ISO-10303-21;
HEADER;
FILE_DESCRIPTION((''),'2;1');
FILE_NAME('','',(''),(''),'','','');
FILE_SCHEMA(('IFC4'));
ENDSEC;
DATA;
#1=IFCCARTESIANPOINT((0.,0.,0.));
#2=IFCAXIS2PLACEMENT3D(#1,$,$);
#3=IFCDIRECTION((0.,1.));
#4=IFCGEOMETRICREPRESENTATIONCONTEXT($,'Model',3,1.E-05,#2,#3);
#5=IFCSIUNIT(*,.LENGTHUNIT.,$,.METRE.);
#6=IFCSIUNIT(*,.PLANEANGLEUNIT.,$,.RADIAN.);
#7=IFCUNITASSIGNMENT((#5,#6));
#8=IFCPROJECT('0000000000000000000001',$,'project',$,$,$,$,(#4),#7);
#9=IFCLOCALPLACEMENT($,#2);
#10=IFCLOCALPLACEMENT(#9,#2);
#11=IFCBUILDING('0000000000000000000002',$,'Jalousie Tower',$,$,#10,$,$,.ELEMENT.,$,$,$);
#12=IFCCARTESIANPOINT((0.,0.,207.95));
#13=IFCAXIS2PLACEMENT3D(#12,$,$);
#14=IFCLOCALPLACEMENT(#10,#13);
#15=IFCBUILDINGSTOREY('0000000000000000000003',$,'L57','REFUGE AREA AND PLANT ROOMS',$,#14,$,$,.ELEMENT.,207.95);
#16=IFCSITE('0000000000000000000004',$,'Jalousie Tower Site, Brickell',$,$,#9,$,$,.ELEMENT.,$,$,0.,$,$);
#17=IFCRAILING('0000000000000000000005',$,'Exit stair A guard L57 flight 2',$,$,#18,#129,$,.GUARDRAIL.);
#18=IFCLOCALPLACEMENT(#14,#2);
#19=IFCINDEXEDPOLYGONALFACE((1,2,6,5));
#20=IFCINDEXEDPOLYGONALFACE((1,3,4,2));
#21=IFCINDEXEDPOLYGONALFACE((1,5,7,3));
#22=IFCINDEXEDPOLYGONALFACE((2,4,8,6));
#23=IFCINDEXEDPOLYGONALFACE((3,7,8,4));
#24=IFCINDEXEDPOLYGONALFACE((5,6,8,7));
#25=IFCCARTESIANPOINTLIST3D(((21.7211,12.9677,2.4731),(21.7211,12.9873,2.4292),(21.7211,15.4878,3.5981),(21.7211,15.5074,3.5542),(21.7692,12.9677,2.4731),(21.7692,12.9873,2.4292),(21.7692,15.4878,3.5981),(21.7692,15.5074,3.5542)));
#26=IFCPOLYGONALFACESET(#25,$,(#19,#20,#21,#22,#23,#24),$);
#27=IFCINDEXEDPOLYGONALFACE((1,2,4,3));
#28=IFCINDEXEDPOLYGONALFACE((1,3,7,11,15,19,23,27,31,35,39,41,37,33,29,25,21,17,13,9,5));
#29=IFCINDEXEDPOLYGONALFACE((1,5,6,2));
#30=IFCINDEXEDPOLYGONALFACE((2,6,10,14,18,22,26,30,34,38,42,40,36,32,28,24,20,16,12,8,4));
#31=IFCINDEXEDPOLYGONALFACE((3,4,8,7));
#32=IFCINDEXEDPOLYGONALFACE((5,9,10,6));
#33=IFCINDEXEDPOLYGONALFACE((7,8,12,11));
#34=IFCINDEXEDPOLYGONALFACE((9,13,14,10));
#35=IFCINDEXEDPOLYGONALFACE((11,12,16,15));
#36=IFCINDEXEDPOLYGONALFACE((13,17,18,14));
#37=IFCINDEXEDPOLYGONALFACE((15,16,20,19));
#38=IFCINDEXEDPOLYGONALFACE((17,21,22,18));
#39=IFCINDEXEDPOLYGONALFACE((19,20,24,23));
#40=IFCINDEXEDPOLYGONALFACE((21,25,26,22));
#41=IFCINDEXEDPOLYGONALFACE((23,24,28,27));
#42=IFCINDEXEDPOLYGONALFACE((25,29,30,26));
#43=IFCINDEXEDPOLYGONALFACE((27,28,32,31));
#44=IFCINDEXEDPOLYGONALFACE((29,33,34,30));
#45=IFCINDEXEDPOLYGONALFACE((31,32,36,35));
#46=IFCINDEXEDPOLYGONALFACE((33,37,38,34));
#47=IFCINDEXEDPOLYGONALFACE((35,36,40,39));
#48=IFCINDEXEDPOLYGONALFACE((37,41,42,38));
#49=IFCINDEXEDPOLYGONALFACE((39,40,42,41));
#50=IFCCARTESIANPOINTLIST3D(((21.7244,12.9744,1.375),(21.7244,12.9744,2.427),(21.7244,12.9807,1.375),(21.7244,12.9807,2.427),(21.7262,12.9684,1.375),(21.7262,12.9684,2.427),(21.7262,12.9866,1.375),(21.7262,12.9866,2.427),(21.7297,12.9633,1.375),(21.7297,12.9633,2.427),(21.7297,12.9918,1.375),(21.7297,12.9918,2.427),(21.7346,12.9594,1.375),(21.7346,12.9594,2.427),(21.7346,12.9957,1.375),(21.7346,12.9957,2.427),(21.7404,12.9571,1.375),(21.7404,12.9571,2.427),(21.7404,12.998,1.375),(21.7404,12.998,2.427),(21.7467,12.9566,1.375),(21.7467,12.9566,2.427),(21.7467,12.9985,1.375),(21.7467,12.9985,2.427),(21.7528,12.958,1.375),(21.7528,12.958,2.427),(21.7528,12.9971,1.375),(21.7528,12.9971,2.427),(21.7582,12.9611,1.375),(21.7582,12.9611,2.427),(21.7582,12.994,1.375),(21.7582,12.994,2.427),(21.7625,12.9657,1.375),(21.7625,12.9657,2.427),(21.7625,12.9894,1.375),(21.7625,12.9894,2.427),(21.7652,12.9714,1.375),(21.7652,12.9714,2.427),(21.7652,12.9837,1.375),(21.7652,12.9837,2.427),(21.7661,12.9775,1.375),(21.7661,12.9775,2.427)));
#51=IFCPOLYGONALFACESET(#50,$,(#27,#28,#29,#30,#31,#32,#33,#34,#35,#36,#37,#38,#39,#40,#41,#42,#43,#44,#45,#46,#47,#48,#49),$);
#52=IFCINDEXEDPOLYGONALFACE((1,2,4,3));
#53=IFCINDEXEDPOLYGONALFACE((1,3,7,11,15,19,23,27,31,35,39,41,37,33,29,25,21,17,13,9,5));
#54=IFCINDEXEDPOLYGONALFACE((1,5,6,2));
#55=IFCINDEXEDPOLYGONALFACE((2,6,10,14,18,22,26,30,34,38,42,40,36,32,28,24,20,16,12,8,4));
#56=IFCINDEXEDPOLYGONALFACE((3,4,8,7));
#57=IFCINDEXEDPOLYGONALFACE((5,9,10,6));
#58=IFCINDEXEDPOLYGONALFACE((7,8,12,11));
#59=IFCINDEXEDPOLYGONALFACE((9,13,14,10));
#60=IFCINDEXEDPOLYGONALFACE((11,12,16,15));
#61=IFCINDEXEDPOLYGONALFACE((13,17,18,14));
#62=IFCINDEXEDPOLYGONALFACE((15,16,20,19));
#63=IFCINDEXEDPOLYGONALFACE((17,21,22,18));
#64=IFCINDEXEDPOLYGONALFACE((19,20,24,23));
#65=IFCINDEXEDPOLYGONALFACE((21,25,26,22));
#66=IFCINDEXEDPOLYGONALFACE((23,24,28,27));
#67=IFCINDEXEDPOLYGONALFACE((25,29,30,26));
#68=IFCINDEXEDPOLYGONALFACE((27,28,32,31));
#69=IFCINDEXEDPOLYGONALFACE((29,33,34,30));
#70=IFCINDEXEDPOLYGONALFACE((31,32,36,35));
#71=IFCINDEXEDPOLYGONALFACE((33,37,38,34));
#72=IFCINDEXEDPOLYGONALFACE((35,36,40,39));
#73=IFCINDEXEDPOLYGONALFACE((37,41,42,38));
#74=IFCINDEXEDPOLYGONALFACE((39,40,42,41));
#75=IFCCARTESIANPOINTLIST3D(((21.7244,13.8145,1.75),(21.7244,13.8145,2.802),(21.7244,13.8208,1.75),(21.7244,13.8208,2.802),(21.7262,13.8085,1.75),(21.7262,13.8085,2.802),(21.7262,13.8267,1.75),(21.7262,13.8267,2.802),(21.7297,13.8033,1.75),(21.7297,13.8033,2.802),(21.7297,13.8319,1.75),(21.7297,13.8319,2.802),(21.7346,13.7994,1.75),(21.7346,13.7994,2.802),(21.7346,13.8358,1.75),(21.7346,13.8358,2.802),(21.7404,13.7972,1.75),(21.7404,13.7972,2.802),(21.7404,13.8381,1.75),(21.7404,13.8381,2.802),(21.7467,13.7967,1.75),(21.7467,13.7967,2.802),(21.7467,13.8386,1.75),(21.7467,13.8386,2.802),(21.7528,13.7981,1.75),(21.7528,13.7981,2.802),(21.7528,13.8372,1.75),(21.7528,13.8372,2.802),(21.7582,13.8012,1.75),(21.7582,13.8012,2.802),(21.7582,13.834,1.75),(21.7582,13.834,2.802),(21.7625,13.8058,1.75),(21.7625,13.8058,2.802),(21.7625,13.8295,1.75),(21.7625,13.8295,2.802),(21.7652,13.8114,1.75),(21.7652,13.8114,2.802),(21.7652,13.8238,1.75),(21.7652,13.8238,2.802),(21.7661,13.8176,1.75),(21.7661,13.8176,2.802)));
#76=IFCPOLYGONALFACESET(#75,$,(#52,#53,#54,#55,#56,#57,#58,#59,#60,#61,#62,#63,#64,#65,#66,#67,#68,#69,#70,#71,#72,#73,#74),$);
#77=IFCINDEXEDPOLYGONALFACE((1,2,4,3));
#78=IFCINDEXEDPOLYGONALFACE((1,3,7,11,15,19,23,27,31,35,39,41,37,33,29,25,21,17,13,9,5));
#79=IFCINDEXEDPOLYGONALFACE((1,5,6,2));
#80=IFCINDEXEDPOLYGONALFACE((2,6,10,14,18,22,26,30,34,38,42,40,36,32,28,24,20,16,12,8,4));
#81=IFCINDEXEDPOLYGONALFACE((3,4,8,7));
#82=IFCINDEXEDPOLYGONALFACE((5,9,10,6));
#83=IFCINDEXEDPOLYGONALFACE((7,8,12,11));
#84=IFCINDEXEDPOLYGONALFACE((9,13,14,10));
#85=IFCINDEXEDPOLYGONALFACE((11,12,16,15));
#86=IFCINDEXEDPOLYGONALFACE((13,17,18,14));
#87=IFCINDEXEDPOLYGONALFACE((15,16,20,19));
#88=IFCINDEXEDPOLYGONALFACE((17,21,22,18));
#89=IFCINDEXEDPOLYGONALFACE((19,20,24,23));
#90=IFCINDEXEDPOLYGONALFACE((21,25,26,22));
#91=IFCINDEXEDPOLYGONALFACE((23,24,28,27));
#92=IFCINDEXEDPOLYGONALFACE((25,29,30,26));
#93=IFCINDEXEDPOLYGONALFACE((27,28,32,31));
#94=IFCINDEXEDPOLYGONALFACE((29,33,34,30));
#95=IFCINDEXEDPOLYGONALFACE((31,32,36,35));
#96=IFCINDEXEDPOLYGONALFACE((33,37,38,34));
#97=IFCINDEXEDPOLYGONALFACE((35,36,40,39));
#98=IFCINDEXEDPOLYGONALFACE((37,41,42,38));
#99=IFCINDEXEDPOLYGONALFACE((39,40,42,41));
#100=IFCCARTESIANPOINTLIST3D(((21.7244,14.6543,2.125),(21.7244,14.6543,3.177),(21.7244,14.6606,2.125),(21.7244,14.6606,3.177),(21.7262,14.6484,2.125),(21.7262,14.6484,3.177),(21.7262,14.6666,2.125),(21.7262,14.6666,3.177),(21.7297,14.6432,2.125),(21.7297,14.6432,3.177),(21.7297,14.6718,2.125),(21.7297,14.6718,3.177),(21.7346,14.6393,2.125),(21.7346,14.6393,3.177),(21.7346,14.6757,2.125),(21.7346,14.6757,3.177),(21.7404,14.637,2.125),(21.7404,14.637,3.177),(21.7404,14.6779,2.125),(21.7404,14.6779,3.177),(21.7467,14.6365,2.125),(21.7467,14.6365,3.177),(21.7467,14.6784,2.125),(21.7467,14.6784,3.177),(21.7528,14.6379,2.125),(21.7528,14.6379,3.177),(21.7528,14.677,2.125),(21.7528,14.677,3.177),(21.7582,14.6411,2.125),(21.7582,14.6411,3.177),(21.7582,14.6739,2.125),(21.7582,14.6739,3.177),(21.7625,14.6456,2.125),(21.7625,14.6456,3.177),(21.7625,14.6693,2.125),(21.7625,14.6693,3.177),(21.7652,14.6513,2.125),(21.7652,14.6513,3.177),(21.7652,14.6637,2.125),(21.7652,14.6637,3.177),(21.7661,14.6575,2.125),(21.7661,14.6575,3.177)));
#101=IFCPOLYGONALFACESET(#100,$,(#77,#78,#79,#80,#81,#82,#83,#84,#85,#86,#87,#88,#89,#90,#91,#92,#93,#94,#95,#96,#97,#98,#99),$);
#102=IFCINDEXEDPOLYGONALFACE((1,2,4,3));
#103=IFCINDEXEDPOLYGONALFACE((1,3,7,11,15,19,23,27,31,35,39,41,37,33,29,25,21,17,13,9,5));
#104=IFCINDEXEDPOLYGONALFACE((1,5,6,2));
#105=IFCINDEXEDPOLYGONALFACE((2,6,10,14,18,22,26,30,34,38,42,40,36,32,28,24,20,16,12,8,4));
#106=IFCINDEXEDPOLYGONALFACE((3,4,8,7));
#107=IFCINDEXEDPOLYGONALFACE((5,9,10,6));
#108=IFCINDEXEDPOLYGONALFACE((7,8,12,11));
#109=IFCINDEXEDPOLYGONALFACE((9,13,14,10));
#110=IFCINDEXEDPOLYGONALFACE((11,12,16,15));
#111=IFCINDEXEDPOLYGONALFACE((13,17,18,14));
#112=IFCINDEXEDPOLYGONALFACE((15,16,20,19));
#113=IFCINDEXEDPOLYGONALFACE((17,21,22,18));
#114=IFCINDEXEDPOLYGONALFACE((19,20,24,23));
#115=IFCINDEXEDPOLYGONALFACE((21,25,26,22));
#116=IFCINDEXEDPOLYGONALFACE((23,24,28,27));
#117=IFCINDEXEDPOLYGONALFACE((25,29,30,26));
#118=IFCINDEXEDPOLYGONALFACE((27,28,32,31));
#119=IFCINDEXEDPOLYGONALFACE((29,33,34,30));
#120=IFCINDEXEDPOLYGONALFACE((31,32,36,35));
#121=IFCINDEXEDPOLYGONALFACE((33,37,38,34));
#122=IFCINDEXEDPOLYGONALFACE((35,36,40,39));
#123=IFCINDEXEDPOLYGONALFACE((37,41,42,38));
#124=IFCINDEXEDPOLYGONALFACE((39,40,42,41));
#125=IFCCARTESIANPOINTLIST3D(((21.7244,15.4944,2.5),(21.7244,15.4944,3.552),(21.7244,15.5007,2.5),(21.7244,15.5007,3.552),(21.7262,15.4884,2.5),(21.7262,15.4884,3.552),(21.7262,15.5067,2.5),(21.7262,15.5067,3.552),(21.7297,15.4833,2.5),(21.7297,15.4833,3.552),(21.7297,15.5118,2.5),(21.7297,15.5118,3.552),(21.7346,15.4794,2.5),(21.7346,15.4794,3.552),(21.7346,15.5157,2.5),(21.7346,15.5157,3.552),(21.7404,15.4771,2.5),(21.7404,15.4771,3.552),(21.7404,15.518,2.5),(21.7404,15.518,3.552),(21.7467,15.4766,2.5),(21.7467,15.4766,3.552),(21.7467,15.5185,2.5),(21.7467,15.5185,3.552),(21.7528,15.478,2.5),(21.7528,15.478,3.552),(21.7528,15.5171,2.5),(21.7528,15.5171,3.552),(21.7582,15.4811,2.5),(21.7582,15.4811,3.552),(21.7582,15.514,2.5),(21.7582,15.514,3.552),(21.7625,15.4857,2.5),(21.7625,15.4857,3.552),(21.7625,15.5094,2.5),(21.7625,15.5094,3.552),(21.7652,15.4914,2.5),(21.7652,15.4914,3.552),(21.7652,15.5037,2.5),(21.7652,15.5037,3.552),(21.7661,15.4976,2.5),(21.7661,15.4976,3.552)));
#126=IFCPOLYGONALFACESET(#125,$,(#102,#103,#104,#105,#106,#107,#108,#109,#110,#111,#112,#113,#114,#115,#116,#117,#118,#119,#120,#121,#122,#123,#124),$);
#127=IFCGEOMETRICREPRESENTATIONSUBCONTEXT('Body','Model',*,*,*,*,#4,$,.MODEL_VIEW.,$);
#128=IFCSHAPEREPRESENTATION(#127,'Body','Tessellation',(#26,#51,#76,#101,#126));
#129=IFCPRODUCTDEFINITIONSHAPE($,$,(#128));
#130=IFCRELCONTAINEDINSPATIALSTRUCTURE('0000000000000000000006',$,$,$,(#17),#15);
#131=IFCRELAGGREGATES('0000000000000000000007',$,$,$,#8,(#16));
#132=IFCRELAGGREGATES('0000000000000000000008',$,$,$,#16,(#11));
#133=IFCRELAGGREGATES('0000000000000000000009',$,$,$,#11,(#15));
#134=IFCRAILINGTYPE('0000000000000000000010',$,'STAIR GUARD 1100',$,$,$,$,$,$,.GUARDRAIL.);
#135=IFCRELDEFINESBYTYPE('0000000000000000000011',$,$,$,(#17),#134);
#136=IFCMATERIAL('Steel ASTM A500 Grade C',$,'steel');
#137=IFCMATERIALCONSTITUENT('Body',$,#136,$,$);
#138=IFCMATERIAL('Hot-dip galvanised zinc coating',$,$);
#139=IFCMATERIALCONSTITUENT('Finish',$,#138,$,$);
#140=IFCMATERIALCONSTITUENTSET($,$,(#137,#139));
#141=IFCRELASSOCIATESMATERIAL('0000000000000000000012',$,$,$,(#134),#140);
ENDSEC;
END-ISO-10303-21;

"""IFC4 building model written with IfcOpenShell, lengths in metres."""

from ifc_helpers import new_model, si_unit, direction, frame, origin, origin_2d, place, context, subcontext, project, spatial, rectangle, circle, extrude, material, constituent, constituent_set, type_object, element, save


model = new_model("IFC4")

# Units and contexts
model_context = context("Model", 3, precision=1e-05, world=origin(), true_north=direction((0.0, 1.0)))
body_context = subcontext(model_context, "Body", "Model", "MODEL_VIEW")
ifc_project = project(units=[si_unit("LENGTHUNIT", "METRE"), si_unit("PLANEANGLEUNIT", "RADIAN")], contexts=[model_context])

# Site, building, storey
site_placement = place(None, origin())
site = spatial("IfcSite", under=ifc_project, at=site_placement, Name="Jalousie Tower Site, Brickell", CompositionType="ELEMENT", RefElevation=0.0)
building_placement = place(site_placement, origin())
building = spatial("IfcBuilding", under=site, at=building_placement, Name="Jalousie Tower", CompositionType="ELEMENT")
storey_placement = place(building_placement, frame((0.0, 0.0, 207.95)))
storey = spatial("IfcBuildingStorey", under=building, at=storey_placement, Name="L57", Description="REFUGE AREA AND PLANT ROOMS", CompositionType="ELEMENT", Elevation=207.95)

# Railing
ifc_material_1 = material(Name="Steel ASTM A500 Grade C", Category="steel")
ifc_constituent_1 = constituent(ifc_material_1, Name="Body")
ifc_material_2 = material(Name="Hot-dip galvanised zinc coating")
ifc_constituent_2 = constituent(ifc_material_2, Name="Finish")
ifc_constituent_set = constituent_set(constituents=[ifc_constituent_1, ifc_constituent_2])
railing_type_1 = type_object("IfcRailingType", Name="STAIR GUARD 1100", PredefinedType="GUARDRAIL", material=ifc_constituent_set)
for number, where, name in (
    (1, (21.7451, 12.9775, 1.375), "Exit stair A guard L57 flight 2"),
):
    element("IfcRailing", number, at=place(storey_placement, frame(where)), inside=storey, type_object=railing_type_1, Name=name, PredefinedType="GUARDRAIL", context=body_context, shape_type="SweptSolid", body=[
        extrude(rectangle(XDim=0.0481, YDim=0.0481, at=origin_2d()), frame((0.0, 0.0, 1.0762), z_axis=(0.0, 0.913139, 0.407648), x_axis=(-1.0, 0.0, 0.0)), (0.0, 0.0, 1.0), 2.7598),
        extrude(circle(Radius=0.021, at=origin_2d()), origin(), (0.0, 0.0, 1.0), 1.052),
        extrude(circle(Radius=0.021, at=origin_2d()), frame((0.0, 0.8401, 0.375)), (0.0, 0.0, 1.0), 1.052),
        extrude(circle(Radius=0.021, at=origin_2d()), frame((0.0, 1.6799, 0.75)), (0.0, 0.0, 1.0), 1.052),
        extrude(circle(Radius=0.021, at=origin_2d()), frame((0.0, 2.52, 1.125)), (0.0, 0.0, 1.0), 1.052),
    ])

save(model, "model.ifc")
